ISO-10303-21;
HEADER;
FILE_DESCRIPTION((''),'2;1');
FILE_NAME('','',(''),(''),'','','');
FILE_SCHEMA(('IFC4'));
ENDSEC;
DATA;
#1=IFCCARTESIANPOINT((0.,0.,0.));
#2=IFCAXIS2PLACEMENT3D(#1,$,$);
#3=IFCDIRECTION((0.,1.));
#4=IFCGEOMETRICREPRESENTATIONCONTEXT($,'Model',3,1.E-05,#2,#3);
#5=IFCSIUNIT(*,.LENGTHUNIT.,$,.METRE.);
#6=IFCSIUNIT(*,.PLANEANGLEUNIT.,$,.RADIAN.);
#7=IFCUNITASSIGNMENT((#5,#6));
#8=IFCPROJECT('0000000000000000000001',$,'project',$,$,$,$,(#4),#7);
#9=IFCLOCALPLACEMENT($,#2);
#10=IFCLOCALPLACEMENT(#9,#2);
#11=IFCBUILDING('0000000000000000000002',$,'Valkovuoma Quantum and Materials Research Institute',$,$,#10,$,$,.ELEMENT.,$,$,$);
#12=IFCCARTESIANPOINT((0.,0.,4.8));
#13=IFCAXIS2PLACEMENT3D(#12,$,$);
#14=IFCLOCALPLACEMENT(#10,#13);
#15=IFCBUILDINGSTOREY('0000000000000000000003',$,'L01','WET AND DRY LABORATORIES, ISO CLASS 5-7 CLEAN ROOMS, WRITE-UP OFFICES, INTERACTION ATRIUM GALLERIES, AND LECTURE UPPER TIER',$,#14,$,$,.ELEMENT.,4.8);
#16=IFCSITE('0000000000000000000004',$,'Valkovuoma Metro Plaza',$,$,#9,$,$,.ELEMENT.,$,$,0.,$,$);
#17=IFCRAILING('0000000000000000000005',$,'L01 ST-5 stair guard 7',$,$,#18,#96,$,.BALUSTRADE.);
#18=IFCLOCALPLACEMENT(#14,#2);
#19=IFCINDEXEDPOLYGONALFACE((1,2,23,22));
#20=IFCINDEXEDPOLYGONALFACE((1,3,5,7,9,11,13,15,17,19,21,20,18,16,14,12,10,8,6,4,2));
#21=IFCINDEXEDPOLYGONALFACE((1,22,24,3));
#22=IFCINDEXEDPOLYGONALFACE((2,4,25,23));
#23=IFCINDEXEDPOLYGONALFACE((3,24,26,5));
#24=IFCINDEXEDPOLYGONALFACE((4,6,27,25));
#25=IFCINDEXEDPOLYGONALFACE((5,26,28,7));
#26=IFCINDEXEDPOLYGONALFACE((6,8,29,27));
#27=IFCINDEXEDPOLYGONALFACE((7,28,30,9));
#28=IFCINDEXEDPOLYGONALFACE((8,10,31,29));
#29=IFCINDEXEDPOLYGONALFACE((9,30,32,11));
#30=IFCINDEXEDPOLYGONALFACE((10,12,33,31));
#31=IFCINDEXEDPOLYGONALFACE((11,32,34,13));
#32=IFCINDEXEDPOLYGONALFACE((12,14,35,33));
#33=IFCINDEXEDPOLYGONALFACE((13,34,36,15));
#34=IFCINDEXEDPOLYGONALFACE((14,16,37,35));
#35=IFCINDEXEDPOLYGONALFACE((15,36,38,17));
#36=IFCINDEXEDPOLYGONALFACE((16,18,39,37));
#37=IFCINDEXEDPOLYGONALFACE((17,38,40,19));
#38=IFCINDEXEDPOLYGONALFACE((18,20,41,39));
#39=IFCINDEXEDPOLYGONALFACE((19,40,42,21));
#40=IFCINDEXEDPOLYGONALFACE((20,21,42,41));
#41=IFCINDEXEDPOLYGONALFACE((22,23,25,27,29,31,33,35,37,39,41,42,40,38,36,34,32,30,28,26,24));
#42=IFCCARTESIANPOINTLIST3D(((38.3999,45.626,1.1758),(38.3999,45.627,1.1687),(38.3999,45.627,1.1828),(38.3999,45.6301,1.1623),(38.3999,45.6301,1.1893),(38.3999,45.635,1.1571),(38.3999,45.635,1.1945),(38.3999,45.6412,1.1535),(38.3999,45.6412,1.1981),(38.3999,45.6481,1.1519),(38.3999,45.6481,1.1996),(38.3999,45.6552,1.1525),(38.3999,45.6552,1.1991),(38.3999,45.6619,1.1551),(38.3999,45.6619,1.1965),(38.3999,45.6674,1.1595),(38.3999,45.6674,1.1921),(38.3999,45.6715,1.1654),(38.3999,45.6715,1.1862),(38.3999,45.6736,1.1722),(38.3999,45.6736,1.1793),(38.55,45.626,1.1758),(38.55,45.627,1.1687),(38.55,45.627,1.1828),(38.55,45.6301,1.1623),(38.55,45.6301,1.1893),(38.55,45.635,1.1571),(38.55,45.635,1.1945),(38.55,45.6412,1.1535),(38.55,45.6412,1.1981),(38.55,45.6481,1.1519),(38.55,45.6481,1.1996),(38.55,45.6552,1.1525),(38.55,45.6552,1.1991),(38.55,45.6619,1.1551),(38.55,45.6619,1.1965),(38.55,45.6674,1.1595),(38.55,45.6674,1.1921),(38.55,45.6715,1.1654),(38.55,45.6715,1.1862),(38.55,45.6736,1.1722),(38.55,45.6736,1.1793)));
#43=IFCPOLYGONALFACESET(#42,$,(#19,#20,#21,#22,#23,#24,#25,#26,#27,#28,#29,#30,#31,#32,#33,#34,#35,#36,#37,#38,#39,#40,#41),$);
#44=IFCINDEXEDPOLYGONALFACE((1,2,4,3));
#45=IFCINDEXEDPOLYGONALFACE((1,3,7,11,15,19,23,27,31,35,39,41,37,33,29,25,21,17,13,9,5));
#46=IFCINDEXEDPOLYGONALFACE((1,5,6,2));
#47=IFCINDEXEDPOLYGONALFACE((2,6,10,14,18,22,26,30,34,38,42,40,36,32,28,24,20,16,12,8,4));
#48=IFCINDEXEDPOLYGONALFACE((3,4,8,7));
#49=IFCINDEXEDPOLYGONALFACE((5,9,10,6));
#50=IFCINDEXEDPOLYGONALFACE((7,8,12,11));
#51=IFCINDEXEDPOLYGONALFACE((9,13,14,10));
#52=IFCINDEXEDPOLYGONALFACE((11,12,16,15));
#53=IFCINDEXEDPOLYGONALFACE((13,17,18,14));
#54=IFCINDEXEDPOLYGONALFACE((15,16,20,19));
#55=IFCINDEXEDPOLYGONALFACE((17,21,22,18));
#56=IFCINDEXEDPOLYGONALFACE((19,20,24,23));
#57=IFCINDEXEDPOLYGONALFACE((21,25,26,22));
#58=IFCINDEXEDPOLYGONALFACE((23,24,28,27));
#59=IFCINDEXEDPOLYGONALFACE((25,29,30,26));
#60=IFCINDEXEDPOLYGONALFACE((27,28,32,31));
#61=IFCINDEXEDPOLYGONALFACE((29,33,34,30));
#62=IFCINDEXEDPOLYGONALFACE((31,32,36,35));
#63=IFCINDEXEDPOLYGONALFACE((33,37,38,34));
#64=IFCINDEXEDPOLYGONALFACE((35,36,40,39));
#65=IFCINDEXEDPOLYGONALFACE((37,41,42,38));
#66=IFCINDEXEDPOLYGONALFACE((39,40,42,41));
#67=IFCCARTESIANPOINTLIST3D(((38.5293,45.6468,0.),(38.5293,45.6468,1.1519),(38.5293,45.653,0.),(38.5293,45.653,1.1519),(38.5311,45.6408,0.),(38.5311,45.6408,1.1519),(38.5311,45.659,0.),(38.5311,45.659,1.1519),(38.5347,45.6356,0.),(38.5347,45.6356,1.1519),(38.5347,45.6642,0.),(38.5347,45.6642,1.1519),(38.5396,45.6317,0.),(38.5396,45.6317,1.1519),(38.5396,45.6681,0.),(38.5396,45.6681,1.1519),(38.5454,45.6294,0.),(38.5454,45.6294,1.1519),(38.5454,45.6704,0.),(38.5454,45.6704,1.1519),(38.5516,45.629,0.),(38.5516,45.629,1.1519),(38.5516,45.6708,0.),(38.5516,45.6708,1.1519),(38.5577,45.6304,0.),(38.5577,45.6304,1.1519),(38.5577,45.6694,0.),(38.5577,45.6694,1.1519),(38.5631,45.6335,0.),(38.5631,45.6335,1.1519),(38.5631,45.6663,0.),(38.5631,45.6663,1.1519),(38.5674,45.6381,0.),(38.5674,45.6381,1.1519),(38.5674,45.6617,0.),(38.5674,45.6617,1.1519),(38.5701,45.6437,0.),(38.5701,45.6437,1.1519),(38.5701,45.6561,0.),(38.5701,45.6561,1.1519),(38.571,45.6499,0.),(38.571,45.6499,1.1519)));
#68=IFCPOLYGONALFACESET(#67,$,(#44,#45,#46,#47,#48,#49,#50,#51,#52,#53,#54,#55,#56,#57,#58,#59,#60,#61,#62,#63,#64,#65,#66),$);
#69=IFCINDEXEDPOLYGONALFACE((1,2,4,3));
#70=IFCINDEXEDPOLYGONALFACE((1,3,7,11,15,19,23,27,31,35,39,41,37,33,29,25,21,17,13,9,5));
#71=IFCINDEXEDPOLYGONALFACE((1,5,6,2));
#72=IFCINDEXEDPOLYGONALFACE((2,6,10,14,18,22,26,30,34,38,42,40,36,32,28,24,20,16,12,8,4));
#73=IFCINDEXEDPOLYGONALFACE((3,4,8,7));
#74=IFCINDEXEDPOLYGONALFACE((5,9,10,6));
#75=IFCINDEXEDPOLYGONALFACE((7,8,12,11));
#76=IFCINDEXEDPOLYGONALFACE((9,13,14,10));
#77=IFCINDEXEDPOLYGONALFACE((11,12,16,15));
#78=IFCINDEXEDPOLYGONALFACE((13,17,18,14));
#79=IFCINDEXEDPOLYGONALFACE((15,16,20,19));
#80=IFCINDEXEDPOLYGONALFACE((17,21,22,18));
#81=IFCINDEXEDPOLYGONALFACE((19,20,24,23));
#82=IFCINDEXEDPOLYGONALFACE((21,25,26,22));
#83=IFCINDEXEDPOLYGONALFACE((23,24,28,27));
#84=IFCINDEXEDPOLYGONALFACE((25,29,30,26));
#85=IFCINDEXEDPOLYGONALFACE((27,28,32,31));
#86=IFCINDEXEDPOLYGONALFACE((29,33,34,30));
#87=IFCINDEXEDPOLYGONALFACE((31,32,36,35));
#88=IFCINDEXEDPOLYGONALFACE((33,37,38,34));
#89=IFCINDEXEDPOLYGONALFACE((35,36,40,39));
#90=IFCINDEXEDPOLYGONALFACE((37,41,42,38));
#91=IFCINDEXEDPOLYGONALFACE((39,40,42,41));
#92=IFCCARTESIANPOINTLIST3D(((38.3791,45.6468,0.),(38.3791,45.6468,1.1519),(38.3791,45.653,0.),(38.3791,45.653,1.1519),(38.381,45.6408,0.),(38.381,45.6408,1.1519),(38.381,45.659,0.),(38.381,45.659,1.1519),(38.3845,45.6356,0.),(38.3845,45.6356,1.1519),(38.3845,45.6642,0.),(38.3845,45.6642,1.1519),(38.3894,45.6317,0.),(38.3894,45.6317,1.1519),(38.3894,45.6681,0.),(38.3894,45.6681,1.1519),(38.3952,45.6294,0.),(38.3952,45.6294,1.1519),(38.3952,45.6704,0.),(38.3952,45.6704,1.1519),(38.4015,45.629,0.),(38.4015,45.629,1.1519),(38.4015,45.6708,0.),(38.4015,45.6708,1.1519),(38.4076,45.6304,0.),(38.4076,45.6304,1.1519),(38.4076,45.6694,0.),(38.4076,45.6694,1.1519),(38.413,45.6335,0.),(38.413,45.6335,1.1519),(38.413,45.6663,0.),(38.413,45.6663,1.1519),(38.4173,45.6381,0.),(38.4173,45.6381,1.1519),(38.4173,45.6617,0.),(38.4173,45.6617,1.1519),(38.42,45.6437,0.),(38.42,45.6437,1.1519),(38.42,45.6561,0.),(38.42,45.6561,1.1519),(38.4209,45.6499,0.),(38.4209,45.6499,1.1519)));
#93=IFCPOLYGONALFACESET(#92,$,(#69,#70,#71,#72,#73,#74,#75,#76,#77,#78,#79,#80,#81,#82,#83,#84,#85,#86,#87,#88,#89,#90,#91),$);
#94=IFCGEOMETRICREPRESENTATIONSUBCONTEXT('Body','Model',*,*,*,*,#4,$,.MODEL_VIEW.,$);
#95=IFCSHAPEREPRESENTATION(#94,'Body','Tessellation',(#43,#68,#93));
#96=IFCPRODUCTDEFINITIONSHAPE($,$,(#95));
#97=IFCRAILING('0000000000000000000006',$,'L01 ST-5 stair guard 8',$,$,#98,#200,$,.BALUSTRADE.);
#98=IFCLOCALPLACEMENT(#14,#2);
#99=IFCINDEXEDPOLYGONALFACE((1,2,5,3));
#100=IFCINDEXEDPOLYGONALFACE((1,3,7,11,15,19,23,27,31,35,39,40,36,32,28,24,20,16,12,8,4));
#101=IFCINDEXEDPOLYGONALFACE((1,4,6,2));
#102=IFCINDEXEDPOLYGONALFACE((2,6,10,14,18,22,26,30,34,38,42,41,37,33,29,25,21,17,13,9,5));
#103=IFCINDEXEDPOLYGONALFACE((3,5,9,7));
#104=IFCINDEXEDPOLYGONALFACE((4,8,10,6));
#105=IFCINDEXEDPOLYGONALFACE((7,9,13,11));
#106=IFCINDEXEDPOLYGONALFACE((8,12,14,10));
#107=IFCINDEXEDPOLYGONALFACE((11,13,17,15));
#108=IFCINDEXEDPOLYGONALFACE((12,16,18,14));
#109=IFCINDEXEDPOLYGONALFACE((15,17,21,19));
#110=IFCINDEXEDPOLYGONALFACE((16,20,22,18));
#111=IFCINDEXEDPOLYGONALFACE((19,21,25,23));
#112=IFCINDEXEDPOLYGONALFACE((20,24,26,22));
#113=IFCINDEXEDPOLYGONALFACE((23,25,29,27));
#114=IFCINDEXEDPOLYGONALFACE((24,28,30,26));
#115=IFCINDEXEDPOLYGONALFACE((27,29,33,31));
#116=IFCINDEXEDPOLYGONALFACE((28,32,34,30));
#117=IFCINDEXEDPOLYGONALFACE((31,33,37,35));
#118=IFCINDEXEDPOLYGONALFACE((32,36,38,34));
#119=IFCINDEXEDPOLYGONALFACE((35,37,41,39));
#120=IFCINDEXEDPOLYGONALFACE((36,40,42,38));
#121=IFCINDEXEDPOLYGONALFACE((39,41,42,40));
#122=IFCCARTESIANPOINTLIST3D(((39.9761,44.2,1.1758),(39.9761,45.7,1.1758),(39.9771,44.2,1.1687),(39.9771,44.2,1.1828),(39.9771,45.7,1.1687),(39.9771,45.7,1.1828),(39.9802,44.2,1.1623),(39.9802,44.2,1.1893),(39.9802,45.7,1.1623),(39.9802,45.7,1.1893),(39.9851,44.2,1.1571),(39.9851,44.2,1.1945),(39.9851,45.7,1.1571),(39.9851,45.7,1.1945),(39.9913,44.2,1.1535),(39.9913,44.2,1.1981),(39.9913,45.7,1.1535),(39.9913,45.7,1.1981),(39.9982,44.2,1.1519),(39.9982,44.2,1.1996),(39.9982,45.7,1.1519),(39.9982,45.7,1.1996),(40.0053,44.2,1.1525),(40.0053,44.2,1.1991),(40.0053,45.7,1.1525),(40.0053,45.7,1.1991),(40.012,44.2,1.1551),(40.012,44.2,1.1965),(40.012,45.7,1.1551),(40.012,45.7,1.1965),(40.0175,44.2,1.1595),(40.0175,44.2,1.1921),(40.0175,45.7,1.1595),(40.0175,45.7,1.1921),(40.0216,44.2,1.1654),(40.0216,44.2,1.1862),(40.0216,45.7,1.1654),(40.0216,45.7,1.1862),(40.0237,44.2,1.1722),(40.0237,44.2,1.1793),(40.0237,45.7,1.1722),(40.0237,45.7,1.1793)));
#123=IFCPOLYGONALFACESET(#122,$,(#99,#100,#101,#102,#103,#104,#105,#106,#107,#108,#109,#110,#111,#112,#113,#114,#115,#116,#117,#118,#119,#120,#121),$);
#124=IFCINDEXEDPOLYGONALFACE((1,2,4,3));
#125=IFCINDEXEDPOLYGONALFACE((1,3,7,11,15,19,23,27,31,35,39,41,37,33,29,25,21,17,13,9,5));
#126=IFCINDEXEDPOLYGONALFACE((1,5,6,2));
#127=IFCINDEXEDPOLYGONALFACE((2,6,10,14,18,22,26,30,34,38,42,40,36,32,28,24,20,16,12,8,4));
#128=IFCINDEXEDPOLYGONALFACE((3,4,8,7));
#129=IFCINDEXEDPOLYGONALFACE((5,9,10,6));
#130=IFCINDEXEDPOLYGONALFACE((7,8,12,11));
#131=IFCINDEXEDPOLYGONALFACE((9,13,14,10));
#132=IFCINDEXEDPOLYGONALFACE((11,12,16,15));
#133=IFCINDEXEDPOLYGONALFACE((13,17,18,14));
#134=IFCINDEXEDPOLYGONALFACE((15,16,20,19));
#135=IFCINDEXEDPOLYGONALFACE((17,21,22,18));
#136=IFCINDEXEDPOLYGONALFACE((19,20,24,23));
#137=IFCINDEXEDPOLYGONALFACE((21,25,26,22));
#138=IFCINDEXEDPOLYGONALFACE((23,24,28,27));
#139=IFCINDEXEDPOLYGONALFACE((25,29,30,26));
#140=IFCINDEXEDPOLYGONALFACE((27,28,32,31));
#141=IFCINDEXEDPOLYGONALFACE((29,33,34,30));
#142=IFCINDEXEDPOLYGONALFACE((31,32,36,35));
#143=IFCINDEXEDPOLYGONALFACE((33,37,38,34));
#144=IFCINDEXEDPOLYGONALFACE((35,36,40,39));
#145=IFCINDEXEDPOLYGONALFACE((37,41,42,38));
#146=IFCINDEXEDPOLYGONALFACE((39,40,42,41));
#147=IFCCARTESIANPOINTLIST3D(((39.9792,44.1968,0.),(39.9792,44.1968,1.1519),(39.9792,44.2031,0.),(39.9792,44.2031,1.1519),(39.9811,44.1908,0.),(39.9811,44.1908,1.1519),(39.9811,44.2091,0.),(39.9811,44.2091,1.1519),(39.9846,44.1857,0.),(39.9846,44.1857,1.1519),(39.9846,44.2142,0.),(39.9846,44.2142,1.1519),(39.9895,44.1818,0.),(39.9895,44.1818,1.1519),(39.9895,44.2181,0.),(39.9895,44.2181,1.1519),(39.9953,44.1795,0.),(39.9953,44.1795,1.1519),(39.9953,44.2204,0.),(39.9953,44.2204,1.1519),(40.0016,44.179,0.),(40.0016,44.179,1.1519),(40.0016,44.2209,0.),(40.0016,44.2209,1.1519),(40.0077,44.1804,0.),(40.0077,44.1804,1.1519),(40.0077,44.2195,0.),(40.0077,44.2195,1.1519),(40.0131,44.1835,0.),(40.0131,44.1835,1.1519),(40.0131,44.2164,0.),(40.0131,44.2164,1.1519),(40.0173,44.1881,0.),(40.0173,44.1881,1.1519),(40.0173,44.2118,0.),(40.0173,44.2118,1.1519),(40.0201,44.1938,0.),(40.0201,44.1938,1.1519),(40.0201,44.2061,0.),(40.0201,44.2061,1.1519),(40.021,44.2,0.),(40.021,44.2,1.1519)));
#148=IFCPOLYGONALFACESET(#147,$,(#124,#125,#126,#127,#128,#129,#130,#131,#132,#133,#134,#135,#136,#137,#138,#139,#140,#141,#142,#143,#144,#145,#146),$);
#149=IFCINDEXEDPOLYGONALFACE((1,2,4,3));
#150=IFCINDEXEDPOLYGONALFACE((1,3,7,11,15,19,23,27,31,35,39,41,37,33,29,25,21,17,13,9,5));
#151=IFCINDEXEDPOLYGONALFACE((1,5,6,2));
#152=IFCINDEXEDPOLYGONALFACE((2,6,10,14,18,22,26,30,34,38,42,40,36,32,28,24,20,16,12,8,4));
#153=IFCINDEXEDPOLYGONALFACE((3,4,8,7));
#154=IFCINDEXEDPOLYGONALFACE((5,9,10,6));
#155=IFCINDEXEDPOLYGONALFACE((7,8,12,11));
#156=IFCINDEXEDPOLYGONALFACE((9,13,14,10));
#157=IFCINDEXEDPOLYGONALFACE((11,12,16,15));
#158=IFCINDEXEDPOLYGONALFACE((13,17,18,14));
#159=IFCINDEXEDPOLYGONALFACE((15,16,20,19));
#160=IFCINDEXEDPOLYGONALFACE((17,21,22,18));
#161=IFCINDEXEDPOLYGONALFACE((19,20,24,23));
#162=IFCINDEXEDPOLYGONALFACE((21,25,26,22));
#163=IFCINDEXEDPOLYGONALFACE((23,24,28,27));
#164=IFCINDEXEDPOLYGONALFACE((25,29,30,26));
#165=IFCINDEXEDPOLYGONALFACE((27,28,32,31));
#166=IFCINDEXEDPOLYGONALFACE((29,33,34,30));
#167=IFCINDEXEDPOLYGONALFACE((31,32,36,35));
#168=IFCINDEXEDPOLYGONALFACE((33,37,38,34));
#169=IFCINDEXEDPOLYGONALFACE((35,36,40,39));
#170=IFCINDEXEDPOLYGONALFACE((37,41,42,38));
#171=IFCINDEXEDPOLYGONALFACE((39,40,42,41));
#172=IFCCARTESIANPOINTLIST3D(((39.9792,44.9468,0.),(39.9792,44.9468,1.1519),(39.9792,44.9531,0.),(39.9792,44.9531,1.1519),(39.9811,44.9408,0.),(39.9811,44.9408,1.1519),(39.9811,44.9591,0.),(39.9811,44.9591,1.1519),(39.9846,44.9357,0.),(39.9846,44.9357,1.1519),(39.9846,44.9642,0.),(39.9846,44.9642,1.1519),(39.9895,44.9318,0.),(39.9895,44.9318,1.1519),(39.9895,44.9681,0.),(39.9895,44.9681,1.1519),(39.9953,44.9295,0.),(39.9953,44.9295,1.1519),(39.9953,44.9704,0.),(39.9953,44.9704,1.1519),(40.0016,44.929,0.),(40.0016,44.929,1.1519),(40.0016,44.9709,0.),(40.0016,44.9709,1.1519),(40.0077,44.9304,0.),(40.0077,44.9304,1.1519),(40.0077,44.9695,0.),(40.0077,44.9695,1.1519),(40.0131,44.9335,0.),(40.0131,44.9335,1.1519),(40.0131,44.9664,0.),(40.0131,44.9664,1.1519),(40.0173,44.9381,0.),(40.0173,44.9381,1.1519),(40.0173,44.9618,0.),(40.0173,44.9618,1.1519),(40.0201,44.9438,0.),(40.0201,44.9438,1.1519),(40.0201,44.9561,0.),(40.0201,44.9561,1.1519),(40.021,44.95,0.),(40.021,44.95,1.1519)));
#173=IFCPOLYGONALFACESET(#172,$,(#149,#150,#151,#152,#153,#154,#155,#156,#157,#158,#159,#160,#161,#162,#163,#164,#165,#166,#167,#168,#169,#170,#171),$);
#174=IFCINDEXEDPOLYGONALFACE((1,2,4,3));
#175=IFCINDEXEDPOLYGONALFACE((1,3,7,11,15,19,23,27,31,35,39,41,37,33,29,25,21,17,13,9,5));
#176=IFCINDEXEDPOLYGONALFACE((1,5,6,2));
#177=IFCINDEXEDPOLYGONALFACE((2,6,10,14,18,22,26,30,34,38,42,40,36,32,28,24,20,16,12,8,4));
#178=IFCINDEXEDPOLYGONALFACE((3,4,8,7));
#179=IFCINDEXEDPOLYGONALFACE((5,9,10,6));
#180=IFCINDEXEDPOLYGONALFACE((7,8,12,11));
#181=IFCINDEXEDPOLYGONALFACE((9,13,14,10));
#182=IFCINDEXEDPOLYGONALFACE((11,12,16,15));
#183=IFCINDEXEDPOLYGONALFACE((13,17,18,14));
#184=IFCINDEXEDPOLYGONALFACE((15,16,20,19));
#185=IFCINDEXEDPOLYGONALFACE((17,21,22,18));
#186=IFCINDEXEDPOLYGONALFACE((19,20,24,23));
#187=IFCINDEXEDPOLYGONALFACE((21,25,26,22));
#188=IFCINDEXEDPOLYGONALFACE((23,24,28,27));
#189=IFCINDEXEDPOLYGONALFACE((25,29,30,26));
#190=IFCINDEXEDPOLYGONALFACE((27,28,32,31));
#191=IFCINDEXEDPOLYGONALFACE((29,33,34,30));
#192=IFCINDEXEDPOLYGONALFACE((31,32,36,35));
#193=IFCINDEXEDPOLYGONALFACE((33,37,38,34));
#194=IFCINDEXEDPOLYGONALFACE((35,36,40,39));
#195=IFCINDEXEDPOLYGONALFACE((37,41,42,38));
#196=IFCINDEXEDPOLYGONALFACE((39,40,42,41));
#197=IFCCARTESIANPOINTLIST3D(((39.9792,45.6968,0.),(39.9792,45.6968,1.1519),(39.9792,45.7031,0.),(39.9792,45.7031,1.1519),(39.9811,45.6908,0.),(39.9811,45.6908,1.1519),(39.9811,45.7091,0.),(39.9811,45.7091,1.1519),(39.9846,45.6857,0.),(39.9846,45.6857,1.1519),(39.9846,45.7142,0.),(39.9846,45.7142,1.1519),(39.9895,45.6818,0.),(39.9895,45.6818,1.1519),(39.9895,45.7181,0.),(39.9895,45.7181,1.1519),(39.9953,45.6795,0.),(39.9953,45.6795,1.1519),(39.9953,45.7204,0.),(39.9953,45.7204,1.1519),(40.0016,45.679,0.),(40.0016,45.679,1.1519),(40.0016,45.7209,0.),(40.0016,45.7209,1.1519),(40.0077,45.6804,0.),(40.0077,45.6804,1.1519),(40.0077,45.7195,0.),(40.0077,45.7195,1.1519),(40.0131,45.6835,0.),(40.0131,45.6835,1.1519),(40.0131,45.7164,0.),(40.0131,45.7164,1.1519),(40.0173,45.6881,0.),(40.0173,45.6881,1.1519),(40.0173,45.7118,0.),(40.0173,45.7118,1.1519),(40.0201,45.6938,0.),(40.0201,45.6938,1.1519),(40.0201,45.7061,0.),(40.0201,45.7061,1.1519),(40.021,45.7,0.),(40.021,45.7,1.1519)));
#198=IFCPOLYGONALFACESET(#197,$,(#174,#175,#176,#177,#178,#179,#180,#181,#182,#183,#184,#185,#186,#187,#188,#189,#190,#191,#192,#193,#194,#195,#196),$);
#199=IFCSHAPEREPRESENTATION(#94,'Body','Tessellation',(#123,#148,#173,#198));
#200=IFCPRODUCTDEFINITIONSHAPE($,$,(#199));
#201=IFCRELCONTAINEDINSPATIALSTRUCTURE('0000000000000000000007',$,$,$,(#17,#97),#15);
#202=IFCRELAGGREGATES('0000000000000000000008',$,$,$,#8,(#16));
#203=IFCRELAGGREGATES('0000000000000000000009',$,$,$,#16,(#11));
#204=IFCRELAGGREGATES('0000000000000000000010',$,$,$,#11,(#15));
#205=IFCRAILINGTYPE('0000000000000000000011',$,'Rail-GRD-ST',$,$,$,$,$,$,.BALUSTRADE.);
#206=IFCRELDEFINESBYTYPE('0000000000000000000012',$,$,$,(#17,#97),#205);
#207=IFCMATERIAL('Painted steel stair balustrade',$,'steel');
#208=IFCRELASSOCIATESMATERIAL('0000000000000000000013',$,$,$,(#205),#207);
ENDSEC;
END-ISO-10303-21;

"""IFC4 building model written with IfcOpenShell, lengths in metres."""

from ifc_helpers import new_model, si_unit, direction, frame, origin, origin_2d, place, context, subcontext, project, spatial, circle, extrude, material, type_object, element, save


model = new_model("IFC4")

# Units and contexts
model_context = context("Model", 3, precision=1e-05, world=origin(), true_north=direction((0.0, 1.0)))
body_context = subcontext(model_context, "Body", "Model", "MODEL_VIEW")
ifc_project = project(units=[si_unit("LENGTHUNIT", "METRE"), si_unit("PLANEANGLEUNIT", "RADIAN")], contexts=[model_context])

# Site, building, storey
site_placement = place(None, origin())
site = spatial("IfcSite", under=ifc_project, at=site_placement, Name="Valkovuoma Metro Plaza", CompositionType="ELEMENT", RefElevation=0.0)
building_placement = place(site_placement, origin())
building = spatial("IfcBuilding", under=site, at=building_placement, Name="Valkovuoma Quantum and Materials Research Institute", CompositionType="ELEMENT")
storey_placement = place(building_placement, frame((0.0, 0.0, 4.8)))
storey = spatial("IfcBuildingStorey", under=building, at=storey_placement, Name="L01", Description="WET AND DRY LABORATORIES, ISO CLASS 5-7 CLEAN ROOMS, WRITE-UP OFFICES, INTERACTION ATRIUM GALLERIES, AND LECTURE UPPER TIER", CompositionType="ELEMENT", Elevation=4.8)

# Railings
ifc_material_1 = material(Name="Painted steel stair balustrade", Category="steel")
railing_type_1 = type_object("IfcRailingType", Name="Rail-GRD-ST", PredefinedType="BALUSTRADE", material=ifc_material_1)
railing_1_placement = place(storey_placement, frame((38.55, 45.6499, 0.0)))
element("IfcRailing", 1, at=railing_1_placement, inside=storey, type_object=railing_type_1, Name="L01 ST-5 stair guard 7", PredefinedType="BALUSTRADE", context=body_context, shape_type="SweptSolid", body=[
    extrude(circle(Radius=0.0239, at=origin_2d()), frame((0.0, 0.0, 1.1758), z_axis=(-1.0, 0.0, 0.0), x_axis=(0.0, -1.0, 0.0)), (0.0, 0.0, 1.0), 0.1501),
    extrude(circle(Radius=0.021, at=origin_2d()), origin(), (0.0, 0.0, 1.0), 1.1519),
    extrude(circle(Radius=0.021, at=origin_2d()), frame((-0.1501, 0.0, 0.0)), (0.0, 0.0, 1.0), 1.1519),
])
for number, where, name in (
    (2, (40.0, 44.2, 0.0), "L01 ST-5 stair guard 8"),
):
    element("IfcRailing", number, at=place(storey_placement, frame(where)), inside=storey, type_object=railing_type_1, Name=name, PredefinedType="BALUSTRADE", context=body_context, shape_type="SweptSolid", body=[
        extrude(circle(Radius=0.0239, at=origin_2d()), frame((0.0, 0.0, 1.1758), z_axis=(0.0, 1.0, 0.0), x_axis=(-1.0, 0.0, 0.0)), (0.0, 0.0, 1.0), 1.5),
        extrude(circle(Radius=0.021, at=origin_2d()), origin(), (0.0, 0.0, 1.0), 1.1519),
        extrude(circle(Radius=0.021, at=origin_2d()), frame((0.0, 0.75, 0.0)), (0.0, 0.0, 1.0), 1.1519),
        extrude(circle(Radius=0.021, at=origin_2d()), frame((0.0, 1.5, 0.0)), (0.0, 0.0, 1.0), 1.1519),
    ])

save(model, "model.ifc")
